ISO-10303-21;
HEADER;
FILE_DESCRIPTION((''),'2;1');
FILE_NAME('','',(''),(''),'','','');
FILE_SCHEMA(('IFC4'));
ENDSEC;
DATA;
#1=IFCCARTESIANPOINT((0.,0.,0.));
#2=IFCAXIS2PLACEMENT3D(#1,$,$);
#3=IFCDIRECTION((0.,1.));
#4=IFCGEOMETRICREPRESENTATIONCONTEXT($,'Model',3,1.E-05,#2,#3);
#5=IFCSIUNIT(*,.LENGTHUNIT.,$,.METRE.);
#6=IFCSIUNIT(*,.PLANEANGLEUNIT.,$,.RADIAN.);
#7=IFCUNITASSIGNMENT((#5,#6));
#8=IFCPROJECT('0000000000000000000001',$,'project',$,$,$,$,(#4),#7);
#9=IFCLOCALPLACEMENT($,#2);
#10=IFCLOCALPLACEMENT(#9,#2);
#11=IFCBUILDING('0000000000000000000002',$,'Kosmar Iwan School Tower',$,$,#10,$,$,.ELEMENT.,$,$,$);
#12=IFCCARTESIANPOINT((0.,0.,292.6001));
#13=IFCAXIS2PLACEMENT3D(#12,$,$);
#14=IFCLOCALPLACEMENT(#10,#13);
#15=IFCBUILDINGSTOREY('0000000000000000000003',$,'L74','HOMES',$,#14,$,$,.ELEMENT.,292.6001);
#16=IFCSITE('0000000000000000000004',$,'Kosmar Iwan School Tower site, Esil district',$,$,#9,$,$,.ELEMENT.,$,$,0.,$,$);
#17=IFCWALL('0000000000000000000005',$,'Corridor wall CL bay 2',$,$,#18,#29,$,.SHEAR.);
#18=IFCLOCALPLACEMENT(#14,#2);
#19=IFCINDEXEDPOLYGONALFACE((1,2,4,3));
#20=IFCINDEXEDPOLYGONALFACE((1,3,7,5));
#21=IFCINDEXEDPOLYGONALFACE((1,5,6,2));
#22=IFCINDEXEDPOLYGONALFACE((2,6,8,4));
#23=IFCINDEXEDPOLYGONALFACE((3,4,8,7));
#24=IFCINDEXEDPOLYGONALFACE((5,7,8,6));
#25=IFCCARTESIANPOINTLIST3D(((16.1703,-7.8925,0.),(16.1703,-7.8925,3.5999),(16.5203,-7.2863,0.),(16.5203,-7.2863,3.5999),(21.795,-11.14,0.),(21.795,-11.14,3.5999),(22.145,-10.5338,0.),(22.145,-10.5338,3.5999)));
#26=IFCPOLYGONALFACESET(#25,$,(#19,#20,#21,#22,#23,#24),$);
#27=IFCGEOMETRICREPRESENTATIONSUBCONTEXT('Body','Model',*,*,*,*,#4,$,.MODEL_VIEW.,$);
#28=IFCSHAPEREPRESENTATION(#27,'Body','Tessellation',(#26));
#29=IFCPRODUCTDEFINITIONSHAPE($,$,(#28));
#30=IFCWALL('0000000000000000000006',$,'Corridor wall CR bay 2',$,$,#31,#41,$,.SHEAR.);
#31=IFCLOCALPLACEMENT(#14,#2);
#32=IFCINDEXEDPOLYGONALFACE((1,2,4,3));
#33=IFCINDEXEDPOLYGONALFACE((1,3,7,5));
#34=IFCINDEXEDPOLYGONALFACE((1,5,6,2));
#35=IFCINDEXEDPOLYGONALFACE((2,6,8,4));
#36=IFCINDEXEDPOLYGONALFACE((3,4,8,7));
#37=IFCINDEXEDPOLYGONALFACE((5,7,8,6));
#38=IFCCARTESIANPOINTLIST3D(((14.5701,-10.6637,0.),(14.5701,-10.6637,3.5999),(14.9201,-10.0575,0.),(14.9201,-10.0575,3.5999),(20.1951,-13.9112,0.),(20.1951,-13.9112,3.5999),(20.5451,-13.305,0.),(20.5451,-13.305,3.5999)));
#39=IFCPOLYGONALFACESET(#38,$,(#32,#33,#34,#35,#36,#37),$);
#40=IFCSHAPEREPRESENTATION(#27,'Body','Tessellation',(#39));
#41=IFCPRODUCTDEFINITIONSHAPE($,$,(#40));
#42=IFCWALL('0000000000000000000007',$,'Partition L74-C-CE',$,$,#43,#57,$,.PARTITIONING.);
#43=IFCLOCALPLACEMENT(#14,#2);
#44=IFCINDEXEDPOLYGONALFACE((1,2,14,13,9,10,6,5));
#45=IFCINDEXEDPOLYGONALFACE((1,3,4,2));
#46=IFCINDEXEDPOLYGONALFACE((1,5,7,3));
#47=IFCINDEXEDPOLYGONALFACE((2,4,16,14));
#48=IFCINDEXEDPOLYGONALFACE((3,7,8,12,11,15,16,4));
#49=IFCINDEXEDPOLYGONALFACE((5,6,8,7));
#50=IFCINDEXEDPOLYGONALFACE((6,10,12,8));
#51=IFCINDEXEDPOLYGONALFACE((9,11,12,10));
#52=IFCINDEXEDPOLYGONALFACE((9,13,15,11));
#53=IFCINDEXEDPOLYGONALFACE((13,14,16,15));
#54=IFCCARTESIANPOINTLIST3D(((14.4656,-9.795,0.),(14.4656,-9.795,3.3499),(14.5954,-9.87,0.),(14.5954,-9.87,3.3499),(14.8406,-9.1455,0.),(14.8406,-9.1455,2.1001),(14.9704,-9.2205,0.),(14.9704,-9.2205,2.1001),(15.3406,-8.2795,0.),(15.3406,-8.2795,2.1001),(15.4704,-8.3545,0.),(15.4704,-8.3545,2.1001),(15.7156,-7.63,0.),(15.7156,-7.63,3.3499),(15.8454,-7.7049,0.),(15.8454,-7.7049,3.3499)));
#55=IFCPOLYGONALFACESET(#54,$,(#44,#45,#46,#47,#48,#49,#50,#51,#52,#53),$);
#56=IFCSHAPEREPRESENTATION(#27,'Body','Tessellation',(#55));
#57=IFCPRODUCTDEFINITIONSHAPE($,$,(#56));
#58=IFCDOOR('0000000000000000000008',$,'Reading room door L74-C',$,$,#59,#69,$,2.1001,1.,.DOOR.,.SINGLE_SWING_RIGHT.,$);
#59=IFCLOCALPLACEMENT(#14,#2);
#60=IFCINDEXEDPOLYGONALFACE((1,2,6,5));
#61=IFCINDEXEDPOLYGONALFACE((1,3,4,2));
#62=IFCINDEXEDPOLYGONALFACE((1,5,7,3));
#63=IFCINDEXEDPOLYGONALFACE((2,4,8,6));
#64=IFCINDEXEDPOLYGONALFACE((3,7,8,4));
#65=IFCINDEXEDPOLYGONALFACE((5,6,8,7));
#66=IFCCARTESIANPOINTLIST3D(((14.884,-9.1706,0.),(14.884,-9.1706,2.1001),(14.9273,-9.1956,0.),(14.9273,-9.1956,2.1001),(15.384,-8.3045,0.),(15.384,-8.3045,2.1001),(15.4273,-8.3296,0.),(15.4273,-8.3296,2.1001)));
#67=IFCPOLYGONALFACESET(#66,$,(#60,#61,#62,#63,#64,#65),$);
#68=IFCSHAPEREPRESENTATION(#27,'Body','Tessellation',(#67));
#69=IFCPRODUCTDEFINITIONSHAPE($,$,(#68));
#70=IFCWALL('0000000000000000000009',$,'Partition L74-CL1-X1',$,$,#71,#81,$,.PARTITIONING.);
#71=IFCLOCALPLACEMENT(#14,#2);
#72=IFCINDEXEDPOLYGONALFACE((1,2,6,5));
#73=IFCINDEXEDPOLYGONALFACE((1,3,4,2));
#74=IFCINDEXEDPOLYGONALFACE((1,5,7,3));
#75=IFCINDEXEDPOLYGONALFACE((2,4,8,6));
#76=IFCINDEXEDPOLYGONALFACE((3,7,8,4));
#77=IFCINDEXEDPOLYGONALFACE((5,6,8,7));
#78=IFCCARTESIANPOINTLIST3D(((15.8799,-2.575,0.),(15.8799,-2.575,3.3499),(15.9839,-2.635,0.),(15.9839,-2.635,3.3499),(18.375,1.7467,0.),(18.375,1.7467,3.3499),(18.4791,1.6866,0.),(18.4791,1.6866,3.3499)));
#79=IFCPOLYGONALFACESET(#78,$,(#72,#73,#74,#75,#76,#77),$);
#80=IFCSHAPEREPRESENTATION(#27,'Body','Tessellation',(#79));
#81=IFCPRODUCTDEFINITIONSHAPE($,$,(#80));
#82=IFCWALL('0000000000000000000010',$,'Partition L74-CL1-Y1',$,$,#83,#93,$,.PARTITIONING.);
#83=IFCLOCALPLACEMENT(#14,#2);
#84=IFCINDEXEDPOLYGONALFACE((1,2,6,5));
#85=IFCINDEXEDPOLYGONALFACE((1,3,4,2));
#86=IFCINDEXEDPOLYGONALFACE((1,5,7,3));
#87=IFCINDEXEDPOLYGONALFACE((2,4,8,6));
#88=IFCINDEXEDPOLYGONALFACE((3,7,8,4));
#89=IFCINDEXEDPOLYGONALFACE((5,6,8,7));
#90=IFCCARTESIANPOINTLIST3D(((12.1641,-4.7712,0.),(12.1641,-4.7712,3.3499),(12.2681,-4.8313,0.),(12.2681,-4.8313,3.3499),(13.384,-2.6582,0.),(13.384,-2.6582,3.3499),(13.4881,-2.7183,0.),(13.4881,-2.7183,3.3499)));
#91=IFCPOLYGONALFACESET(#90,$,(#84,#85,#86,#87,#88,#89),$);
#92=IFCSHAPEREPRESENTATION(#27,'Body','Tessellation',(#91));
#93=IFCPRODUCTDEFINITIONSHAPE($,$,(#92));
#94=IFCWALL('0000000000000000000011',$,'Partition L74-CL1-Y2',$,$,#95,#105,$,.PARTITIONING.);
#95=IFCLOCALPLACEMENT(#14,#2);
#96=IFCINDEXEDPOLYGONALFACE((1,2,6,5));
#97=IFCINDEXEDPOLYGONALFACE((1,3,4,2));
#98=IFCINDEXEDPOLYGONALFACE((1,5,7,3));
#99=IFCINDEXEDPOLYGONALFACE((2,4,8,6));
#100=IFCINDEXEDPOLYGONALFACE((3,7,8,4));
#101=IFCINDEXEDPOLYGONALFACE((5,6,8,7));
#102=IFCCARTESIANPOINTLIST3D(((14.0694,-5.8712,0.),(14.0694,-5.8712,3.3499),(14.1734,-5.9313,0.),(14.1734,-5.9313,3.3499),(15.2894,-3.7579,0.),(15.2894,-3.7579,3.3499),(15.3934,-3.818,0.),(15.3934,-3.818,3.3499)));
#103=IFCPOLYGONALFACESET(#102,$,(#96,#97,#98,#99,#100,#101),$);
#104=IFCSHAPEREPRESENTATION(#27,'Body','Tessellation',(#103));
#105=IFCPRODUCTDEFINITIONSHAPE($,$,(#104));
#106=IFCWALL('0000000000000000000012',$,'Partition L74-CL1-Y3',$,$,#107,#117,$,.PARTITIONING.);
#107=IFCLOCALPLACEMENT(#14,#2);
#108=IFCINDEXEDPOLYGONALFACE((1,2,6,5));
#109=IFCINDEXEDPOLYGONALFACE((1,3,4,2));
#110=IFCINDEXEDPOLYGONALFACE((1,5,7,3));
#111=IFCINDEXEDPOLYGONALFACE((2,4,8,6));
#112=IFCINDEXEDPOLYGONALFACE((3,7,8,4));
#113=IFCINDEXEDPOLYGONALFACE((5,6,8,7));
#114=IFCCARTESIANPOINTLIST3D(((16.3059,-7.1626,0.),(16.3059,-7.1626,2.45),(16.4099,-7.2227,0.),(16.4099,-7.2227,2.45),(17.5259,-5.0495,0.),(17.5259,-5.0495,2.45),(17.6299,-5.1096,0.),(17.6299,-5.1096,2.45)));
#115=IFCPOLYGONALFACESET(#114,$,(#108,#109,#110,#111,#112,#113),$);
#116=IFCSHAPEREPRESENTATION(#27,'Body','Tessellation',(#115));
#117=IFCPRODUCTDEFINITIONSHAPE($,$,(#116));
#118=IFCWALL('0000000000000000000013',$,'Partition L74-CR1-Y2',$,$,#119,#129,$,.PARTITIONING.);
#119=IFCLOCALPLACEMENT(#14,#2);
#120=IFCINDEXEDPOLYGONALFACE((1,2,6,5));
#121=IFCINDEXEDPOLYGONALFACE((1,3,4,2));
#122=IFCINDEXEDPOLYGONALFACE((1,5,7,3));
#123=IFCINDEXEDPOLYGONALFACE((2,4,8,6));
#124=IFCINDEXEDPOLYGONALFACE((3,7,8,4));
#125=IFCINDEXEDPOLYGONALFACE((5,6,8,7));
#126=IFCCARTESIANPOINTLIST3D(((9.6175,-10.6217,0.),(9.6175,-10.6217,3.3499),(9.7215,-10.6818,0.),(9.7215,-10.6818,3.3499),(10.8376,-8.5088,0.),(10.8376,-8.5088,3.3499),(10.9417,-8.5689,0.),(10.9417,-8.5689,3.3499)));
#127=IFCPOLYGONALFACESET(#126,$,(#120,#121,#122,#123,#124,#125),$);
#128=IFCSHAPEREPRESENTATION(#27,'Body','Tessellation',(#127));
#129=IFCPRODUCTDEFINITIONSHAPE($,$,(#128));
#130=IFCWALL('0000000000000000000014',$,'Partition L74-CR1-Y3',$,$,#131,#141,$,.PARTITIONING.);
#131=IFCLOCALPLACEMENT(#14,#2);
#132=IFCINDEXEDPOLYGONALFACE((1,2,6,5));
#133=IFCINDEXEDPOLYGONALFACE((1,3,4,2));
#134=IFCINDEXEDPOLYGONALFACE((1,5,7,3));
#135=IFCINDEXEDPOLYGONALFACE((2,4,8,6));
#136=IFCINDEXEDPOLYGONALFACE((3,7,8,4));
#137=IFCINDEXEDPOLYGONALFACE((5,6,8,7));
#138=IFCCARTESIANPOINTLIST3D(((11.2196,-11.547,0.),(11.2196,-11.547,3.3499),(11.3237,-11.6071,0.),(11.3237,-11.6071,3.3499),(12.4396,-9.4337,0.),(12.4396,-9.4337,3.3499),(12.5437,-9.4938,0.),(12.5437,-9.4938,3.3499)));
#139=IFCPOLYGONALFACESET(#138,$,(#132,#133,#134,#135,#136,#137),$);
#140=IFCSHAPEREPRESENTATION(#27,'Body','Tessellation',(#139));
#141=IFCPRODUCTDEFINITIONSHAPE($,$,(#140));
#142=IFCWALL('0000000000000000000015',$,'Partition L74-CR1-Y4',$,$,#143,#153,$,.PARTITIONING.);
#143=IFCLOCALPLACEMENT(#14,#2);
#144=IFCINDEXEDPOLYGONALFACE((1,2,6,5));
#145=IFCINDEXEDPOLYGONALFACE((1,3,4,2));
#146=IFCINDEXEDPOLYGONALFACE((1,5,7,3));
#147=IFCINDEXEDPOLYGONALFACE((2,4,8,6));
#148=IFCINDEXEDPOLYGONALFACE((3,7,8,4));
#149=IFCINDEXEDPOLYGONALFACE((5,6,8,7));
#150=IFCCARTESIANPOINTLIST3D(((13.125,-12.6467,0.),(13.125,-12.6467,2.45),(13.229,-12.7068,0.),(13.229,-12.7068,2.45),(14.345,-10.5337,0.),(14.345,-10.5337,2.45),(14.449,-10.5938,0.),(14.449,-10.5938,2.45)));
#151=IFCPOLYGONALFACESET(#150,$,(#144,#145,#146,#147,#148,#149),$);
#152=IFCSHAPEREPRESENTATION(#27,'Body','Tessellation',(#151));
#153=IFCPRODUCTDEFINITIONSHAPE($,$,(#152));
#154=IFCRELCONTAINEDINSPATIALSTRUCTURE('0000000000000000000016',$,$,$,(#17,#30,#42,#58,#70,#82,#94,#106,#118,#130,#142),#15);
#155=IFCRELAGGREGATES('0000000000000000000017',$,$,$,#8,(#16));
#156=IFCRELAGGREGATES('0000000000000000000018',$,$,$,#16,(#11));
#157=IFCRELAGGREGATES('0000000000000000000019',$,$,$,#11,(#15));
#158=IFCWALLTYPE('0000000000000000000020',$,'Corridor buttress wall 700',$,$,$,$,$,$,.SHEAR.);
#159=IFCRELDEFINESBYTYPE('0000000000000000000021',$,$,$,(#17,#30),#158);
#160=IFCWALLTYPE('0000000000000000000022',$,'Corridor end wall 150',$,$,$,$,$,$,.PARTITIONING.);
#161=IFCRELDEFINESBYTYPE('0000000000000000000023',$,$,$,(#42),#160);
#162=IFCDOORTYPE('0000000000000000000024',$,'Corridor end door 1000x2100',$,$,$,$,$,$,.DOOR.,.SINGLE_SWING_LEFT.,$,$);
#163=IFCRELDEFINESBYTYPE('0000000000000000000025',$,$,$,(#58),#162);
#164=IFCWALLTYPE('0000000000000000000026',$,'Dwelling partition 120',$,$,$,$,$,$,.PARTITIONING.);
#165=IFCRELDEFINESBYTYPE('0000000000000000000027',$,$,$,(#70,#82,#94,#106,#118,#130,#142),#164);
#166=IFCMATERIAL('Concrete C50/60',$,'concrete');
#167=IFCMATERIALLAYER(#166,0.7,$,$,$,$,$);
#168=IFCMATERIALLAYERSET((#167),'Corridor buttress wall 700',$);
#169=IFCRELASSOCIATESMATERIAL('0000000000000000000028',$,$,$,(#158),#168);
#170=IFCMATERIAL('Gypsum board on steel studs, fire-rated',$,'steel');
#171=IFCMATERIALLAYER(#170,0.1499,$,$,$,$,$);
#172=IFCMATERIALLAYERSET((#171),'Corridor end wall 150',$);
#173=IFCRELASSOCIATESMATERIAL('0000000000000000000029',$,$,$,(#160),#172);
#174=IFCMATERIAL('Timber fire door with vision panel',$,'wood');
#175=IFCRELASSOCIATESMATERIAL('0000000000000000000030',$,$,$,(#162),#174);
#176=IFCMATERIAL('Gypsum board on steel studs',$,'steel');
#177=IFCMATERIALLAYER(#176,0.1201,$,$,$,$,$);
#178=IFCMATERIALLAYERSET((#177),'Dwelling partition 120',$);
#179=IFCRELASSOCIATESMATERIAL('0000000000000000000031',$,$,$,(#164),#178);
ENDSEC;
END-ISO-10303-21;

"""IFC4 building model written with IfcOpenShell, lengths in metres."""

from ifc_helpers import new_model, si_unit, direction, frame, frame_2d, origin, place, context, subcontext, project, spatial, rectangle, extrude, material, layer, layer_set, type_object, element, fill, save


model = new_model("IFC4")

# Units and contexts
model_context = context("Model", 3, precision=1e-05, world=origin(), true_north=direction((0.0, 1.0)))
body_context = subcontext(model_context, "Body", "Model", "MODEL_VIEW")
ifc_project = project(units=[si_unit("LENGTHUNIT", "METRE"), si_unit("PLANEANGLEUNIT", "RADIAN")], contexts=[model_context])

# Site, building, storey
site_placement = place(None, origin())
site = spatial("IfcSite", under=ifc_project, at=site_placement, Name="Kosmar Iwan School Tower site, Esil district", CompositionType="ELEMENT", RefElevation=0.0)
building_placement = place(site_placement, origin())
building = spatial("IfcBuilding", under=site, at=building_placement, Name="Kosmar Iwan School Tower", CompositionType="ELEMENT")
storey_placement = place(building_placement, frame((0.0, 0.0, 292.6001)))
storey = spatial("IfcBuildingStorey", under=building, at=storey_placement, Name="L74", Description="HOMES", CompositionType="ELEMENT", Elevation=292.6001)

# Walls
ifc_material_1 = material(Name="Concrete C50/60", Category="concrete")
ifc_layer_1 = layer(ifc_material_1, 0.7)
ifc_layer_set_1 = layer_set([ifc_layer_1], Name="Corridor buttress wall 700")
wall_type_1 = type_object("IfcWallType", Name="Corridor buttress wall 700", PredefinedType="SHEAR", material=ifc_layer_set_1)
wall_1_placement = place(storey_placement, frame((16.3452, -7.5894, 0.0), z_axis=(0.0, 0.0, 1.0), x_axis=(0.866018, -0.500012, 0.0)))
element("IfcWall", 1, at=wall_1_placement, inside=storey, type_object=wall_type_1, Name="Corridor wall CL bay 2", PredefinedType="SHEAR", context=body_context, shape_type="SweptSolid", body=[
    extrude(rectangle(XDim=6.4949, YDim=0.7, at=frame_2d((3.2476, 0.0))), origin(), (0.0, 0.0, 1.0), 3.5999),
])
wall_2_placement = place(storey_placement, frame((14.7451, -10.3606, 0.0), z_axis=(0.0, 0.0, 1.0), x_axis=(0.866028, -0.499996, 0.0)))
element("IfcWall", 2, at=wall_2_placement, inside=storey, type_object=wall_type_1, Name="Corridor wall CR bay 2", PredefinedType="SHEAR", context=body_context, shape_type="SweptSolid", body=[
    extrude(rectangle(XDim=6.4951, YDim=0.7, at=frame_2d((3.2476, 0.0))), origin(), (0.0, 0.0, 1.0), 3.5999),
])

# Wall, opening, door
ifc_material_2 = material(Name="Gypsum board on steel studs, fire-rated", Category="steel")
ifc_layer_2 = layer(ifc_material_2, 0.1499)
ifc_layer_set_2 = layer_set([ifc_layer_2], Name="Corridor end wall 150")
wall_type_2 = type_object("IfcWallType", Name="Corridor end wall 150", PredefinedType="PARTITIONING", material=ifc_layer_set_2)
wall_3_placement = place(storey_placement, frame((14.5305, -9.8325, 0.0), z_axis=(0.0, 0.0, 1.0), x_axis=(0.500004, 0.866023, 0.0)))
wall_3 = element("IfcWall", 3, at=wall_3_placement, inside=storey, type_object=wall_type_2, Name="Partition L74-C-CE", PredefinedType="PARTITIONING", context=body_context, shape_type="SweptSolid", body=[
    extrude(rectangle(XDim=2.5, YDim=0.1499, at=frame_2d((1.25, 0.0))), origin(), (0.0, 0.0, 1.0), 3.3499),
])
opening_placement = place(wall_3_placement, frame((0.75, 0.0, 0.0)))
opening = element("IfcOpeningElement", 4, at=opening_placement, cuts=wall_3, PredefinedType="OPENING", context=body_context, shape_type="SweptSolid", body=[
    extrude(rectangle(XDim=1.0, YDim=2.1001, at=frame_2d((0.5, 1.05))), frame((0.0, 0.0869, 0.0), z_axis=(0.0, -1.0, 0.0), x_axis=(1.0, 0.0, 0.0)), (0.0, 0.0, 1.0), 0.1738),
])
ifc_material_3 = material(Name="Timber fire door with vision panel", Category="wood")
door_type = type_object("IfcDoorType", Name="Corridor end door 1000x2100", OperationType="SINGLE_SWING_LEFT", PredefinedType="DOOR", material=ifc_material_3)
door_placement = place(opening_placement, origin())
door = element("IfcDoor", 5, at=door_placement, inside=storey, type_object=door_type, Name="Reading room door L74-C", OperationType="SINGLE_SWING_RIGHT", OverallHeight=2.1001, OverallWidth=1.0, PredefinedType="DOOR", context=body_context, shape_type="SweptSolid", body=[
    extrude(rectangle(XDim=1.0, YDim=2.1001, at=frame_2d((0.5, 1.05))), frame((0.0, 0.0249, 0.0), z_axis=(0.0, -1.0, 0.0), x_axis=(1.0, 0.0, 0.0)), (0.0, 0.0, 1.0), 0.05),
])
fill(opening, door)

# Walls
ifc_material_4 = material(Name="Gypsum board on steel studs", Category="steel")
ifc_layer_3 = layer(ifc_material_4, 0.1201)
ifc_layer_set_3 = layer_set([ifc_layer_3], Name="Dwelling partition 120")
wall_type_3 = type_object("IfcWallType", Name="Dwelling partition 120", PredefinedType="PARTITIONING", material=ifc_layer_set_3)
wall_4_placement = place(storey_placement, frame((15.9319, -2.605, 0.0), z_axis=(0.0, 0.0, 1.0), x_axis=(0.500012, 0.866019, 0.0)))
element("IfcWall", 6, at=wall_4_placement, inside=storey, type_object=wall_type_3, Name="Partition L74-CL1-X1", PredefinedType="PARTITIONING", context=body_context, shape_type="SweptSolid", body=[
    extrude(rectangle(XDim=4.9902, YDim=0.1201, at=frame_2d((2.4951, 0.0))), origin(), (0.0, 0.0, 1.0), 3.3499),
])
wall_5_placement = place(storey_placement, frame((12.2161, -4.8013, 0.0), z_axis=(0.0, 0.0, 1.0), x_axis=(0.500003, 0.866024, 0.0)))
element("IfcWall", 7, at=wall_5_placement, inside=storey, type_object=wall_type_3, Name="Partition L74-CL1-Y1", PredefinedType="PARTITIONING", context=body_context, shape_type="SweptSolid", body=[
    extrude(rectangle(XDim=2.4399, YDim=0.1201, at=frame_2d((1.22, 0.0))), origin(), (0.0, 0.0, 1.0), 3.3499),
])
wall_6_placement = place(storey_placement, frame((14.1213, -5.9014, 0.0), z_axis=(0.0, 0.0, 1.0), x_axis=(0.499959, 0.866049, 0.0)))
element("IfcWall", 8, at=wall_6_placement, inside=storey, type_object=wall_type_3, Name="Partition L74-CL1-Y2", PredefinedType="PARTITIONING", context=body_context, shape_type="SweptSolid", body=[
    extrude(rectangle(XDim=2.4402, YDim=0.1201, at=frame_2d((1.2202, 0.0))), origin(), (0.0, 0.0, 1.0), 3.3499),
])
wall_7_placement = place(storey_placement, frame((16.3579, -7.1926, 0.0), z_axis=(0.0, 0.0, 1.0), x_axis=(0.500003, 0.866024, 0.0)))
element("IfcWall", 9, at=wall_7_placement, inside=storey, type_object=wall_type_3, Name="Partition L74-CL1-Y3", PredefinedType="PARTITIONING", context=body_context, shape_type="SweptSolid", body=[
    extrude(rectangle(XDim=2.4399, YDim=0.1201, at=frame_2d((1.22, 0.0))), origin(), (0.0, 0.0, 1.0), 2.45),
])
wall_8_placement = place(storey_placement, frame((10.8896, -8.5388, 0.0), z_axis=(0.0, 0.0, 1.0), x_axis=(-0.500078, -0.865981, 0.0)))
element("IfcWall", 10, at=wall_8_placement, inside=storey, type_object=wall_type_3, Name="Partition L74-CR1-Y2", PredefinedType="PARTITIONING", context=body_context, shape_type="SweptSolid", body=[
    extrude(rectangle(XDim=2.4399, YDim=0.1201, at=frame_2d((1.22, 0.0))), origin(), (0.0, 0.0, 1.0), 3.3499),
])
wall_9_placement = place(storey_placement, frame((12.4917, -9.4636, 0.0), z_axis=(0.0, 0.0, 1.0), x_axis=(-0.499959, -0.866049, 0.0)))
element("IfcWall", 11, at=wall_9_placement, inside=storey, type_object=wall_type_3, Name="Partition L74-CR1-Y3", PredefinedType="PARTITIONING", context=body_context, shape_type="SweptSolid", body=[
    extrude(rectangle(XDim=2.4402, YDim=0.1201, at=frame_2d((1.2202, 0.0))), origin(), (0.0, 0.0, 1.0), 3.3499),
])
wall_10_placement = place(storey_placement, frame((14.397, -10.5637, 0.0), z_axis=(0.0, 0.0, 1.0), x_axis=(-0.500003, -0.866024, 0.0)))
element("IfcWall", 12, at=wall_10_placement, inside=storey, type_object=wall_type_3, Name="Partition L74-CR1-Y4", PredefinedType="PARTITIONING", context=body_context, shape_type="SweptSolid", body=[
    extrude(rectangle(XDim=2.4399, YDim=0.1201, at=frame_2d((1.22, 0.0))), origin(), (0.0, 0.0, 1.0), 2.45),
])

save(model, "model.ifc")
